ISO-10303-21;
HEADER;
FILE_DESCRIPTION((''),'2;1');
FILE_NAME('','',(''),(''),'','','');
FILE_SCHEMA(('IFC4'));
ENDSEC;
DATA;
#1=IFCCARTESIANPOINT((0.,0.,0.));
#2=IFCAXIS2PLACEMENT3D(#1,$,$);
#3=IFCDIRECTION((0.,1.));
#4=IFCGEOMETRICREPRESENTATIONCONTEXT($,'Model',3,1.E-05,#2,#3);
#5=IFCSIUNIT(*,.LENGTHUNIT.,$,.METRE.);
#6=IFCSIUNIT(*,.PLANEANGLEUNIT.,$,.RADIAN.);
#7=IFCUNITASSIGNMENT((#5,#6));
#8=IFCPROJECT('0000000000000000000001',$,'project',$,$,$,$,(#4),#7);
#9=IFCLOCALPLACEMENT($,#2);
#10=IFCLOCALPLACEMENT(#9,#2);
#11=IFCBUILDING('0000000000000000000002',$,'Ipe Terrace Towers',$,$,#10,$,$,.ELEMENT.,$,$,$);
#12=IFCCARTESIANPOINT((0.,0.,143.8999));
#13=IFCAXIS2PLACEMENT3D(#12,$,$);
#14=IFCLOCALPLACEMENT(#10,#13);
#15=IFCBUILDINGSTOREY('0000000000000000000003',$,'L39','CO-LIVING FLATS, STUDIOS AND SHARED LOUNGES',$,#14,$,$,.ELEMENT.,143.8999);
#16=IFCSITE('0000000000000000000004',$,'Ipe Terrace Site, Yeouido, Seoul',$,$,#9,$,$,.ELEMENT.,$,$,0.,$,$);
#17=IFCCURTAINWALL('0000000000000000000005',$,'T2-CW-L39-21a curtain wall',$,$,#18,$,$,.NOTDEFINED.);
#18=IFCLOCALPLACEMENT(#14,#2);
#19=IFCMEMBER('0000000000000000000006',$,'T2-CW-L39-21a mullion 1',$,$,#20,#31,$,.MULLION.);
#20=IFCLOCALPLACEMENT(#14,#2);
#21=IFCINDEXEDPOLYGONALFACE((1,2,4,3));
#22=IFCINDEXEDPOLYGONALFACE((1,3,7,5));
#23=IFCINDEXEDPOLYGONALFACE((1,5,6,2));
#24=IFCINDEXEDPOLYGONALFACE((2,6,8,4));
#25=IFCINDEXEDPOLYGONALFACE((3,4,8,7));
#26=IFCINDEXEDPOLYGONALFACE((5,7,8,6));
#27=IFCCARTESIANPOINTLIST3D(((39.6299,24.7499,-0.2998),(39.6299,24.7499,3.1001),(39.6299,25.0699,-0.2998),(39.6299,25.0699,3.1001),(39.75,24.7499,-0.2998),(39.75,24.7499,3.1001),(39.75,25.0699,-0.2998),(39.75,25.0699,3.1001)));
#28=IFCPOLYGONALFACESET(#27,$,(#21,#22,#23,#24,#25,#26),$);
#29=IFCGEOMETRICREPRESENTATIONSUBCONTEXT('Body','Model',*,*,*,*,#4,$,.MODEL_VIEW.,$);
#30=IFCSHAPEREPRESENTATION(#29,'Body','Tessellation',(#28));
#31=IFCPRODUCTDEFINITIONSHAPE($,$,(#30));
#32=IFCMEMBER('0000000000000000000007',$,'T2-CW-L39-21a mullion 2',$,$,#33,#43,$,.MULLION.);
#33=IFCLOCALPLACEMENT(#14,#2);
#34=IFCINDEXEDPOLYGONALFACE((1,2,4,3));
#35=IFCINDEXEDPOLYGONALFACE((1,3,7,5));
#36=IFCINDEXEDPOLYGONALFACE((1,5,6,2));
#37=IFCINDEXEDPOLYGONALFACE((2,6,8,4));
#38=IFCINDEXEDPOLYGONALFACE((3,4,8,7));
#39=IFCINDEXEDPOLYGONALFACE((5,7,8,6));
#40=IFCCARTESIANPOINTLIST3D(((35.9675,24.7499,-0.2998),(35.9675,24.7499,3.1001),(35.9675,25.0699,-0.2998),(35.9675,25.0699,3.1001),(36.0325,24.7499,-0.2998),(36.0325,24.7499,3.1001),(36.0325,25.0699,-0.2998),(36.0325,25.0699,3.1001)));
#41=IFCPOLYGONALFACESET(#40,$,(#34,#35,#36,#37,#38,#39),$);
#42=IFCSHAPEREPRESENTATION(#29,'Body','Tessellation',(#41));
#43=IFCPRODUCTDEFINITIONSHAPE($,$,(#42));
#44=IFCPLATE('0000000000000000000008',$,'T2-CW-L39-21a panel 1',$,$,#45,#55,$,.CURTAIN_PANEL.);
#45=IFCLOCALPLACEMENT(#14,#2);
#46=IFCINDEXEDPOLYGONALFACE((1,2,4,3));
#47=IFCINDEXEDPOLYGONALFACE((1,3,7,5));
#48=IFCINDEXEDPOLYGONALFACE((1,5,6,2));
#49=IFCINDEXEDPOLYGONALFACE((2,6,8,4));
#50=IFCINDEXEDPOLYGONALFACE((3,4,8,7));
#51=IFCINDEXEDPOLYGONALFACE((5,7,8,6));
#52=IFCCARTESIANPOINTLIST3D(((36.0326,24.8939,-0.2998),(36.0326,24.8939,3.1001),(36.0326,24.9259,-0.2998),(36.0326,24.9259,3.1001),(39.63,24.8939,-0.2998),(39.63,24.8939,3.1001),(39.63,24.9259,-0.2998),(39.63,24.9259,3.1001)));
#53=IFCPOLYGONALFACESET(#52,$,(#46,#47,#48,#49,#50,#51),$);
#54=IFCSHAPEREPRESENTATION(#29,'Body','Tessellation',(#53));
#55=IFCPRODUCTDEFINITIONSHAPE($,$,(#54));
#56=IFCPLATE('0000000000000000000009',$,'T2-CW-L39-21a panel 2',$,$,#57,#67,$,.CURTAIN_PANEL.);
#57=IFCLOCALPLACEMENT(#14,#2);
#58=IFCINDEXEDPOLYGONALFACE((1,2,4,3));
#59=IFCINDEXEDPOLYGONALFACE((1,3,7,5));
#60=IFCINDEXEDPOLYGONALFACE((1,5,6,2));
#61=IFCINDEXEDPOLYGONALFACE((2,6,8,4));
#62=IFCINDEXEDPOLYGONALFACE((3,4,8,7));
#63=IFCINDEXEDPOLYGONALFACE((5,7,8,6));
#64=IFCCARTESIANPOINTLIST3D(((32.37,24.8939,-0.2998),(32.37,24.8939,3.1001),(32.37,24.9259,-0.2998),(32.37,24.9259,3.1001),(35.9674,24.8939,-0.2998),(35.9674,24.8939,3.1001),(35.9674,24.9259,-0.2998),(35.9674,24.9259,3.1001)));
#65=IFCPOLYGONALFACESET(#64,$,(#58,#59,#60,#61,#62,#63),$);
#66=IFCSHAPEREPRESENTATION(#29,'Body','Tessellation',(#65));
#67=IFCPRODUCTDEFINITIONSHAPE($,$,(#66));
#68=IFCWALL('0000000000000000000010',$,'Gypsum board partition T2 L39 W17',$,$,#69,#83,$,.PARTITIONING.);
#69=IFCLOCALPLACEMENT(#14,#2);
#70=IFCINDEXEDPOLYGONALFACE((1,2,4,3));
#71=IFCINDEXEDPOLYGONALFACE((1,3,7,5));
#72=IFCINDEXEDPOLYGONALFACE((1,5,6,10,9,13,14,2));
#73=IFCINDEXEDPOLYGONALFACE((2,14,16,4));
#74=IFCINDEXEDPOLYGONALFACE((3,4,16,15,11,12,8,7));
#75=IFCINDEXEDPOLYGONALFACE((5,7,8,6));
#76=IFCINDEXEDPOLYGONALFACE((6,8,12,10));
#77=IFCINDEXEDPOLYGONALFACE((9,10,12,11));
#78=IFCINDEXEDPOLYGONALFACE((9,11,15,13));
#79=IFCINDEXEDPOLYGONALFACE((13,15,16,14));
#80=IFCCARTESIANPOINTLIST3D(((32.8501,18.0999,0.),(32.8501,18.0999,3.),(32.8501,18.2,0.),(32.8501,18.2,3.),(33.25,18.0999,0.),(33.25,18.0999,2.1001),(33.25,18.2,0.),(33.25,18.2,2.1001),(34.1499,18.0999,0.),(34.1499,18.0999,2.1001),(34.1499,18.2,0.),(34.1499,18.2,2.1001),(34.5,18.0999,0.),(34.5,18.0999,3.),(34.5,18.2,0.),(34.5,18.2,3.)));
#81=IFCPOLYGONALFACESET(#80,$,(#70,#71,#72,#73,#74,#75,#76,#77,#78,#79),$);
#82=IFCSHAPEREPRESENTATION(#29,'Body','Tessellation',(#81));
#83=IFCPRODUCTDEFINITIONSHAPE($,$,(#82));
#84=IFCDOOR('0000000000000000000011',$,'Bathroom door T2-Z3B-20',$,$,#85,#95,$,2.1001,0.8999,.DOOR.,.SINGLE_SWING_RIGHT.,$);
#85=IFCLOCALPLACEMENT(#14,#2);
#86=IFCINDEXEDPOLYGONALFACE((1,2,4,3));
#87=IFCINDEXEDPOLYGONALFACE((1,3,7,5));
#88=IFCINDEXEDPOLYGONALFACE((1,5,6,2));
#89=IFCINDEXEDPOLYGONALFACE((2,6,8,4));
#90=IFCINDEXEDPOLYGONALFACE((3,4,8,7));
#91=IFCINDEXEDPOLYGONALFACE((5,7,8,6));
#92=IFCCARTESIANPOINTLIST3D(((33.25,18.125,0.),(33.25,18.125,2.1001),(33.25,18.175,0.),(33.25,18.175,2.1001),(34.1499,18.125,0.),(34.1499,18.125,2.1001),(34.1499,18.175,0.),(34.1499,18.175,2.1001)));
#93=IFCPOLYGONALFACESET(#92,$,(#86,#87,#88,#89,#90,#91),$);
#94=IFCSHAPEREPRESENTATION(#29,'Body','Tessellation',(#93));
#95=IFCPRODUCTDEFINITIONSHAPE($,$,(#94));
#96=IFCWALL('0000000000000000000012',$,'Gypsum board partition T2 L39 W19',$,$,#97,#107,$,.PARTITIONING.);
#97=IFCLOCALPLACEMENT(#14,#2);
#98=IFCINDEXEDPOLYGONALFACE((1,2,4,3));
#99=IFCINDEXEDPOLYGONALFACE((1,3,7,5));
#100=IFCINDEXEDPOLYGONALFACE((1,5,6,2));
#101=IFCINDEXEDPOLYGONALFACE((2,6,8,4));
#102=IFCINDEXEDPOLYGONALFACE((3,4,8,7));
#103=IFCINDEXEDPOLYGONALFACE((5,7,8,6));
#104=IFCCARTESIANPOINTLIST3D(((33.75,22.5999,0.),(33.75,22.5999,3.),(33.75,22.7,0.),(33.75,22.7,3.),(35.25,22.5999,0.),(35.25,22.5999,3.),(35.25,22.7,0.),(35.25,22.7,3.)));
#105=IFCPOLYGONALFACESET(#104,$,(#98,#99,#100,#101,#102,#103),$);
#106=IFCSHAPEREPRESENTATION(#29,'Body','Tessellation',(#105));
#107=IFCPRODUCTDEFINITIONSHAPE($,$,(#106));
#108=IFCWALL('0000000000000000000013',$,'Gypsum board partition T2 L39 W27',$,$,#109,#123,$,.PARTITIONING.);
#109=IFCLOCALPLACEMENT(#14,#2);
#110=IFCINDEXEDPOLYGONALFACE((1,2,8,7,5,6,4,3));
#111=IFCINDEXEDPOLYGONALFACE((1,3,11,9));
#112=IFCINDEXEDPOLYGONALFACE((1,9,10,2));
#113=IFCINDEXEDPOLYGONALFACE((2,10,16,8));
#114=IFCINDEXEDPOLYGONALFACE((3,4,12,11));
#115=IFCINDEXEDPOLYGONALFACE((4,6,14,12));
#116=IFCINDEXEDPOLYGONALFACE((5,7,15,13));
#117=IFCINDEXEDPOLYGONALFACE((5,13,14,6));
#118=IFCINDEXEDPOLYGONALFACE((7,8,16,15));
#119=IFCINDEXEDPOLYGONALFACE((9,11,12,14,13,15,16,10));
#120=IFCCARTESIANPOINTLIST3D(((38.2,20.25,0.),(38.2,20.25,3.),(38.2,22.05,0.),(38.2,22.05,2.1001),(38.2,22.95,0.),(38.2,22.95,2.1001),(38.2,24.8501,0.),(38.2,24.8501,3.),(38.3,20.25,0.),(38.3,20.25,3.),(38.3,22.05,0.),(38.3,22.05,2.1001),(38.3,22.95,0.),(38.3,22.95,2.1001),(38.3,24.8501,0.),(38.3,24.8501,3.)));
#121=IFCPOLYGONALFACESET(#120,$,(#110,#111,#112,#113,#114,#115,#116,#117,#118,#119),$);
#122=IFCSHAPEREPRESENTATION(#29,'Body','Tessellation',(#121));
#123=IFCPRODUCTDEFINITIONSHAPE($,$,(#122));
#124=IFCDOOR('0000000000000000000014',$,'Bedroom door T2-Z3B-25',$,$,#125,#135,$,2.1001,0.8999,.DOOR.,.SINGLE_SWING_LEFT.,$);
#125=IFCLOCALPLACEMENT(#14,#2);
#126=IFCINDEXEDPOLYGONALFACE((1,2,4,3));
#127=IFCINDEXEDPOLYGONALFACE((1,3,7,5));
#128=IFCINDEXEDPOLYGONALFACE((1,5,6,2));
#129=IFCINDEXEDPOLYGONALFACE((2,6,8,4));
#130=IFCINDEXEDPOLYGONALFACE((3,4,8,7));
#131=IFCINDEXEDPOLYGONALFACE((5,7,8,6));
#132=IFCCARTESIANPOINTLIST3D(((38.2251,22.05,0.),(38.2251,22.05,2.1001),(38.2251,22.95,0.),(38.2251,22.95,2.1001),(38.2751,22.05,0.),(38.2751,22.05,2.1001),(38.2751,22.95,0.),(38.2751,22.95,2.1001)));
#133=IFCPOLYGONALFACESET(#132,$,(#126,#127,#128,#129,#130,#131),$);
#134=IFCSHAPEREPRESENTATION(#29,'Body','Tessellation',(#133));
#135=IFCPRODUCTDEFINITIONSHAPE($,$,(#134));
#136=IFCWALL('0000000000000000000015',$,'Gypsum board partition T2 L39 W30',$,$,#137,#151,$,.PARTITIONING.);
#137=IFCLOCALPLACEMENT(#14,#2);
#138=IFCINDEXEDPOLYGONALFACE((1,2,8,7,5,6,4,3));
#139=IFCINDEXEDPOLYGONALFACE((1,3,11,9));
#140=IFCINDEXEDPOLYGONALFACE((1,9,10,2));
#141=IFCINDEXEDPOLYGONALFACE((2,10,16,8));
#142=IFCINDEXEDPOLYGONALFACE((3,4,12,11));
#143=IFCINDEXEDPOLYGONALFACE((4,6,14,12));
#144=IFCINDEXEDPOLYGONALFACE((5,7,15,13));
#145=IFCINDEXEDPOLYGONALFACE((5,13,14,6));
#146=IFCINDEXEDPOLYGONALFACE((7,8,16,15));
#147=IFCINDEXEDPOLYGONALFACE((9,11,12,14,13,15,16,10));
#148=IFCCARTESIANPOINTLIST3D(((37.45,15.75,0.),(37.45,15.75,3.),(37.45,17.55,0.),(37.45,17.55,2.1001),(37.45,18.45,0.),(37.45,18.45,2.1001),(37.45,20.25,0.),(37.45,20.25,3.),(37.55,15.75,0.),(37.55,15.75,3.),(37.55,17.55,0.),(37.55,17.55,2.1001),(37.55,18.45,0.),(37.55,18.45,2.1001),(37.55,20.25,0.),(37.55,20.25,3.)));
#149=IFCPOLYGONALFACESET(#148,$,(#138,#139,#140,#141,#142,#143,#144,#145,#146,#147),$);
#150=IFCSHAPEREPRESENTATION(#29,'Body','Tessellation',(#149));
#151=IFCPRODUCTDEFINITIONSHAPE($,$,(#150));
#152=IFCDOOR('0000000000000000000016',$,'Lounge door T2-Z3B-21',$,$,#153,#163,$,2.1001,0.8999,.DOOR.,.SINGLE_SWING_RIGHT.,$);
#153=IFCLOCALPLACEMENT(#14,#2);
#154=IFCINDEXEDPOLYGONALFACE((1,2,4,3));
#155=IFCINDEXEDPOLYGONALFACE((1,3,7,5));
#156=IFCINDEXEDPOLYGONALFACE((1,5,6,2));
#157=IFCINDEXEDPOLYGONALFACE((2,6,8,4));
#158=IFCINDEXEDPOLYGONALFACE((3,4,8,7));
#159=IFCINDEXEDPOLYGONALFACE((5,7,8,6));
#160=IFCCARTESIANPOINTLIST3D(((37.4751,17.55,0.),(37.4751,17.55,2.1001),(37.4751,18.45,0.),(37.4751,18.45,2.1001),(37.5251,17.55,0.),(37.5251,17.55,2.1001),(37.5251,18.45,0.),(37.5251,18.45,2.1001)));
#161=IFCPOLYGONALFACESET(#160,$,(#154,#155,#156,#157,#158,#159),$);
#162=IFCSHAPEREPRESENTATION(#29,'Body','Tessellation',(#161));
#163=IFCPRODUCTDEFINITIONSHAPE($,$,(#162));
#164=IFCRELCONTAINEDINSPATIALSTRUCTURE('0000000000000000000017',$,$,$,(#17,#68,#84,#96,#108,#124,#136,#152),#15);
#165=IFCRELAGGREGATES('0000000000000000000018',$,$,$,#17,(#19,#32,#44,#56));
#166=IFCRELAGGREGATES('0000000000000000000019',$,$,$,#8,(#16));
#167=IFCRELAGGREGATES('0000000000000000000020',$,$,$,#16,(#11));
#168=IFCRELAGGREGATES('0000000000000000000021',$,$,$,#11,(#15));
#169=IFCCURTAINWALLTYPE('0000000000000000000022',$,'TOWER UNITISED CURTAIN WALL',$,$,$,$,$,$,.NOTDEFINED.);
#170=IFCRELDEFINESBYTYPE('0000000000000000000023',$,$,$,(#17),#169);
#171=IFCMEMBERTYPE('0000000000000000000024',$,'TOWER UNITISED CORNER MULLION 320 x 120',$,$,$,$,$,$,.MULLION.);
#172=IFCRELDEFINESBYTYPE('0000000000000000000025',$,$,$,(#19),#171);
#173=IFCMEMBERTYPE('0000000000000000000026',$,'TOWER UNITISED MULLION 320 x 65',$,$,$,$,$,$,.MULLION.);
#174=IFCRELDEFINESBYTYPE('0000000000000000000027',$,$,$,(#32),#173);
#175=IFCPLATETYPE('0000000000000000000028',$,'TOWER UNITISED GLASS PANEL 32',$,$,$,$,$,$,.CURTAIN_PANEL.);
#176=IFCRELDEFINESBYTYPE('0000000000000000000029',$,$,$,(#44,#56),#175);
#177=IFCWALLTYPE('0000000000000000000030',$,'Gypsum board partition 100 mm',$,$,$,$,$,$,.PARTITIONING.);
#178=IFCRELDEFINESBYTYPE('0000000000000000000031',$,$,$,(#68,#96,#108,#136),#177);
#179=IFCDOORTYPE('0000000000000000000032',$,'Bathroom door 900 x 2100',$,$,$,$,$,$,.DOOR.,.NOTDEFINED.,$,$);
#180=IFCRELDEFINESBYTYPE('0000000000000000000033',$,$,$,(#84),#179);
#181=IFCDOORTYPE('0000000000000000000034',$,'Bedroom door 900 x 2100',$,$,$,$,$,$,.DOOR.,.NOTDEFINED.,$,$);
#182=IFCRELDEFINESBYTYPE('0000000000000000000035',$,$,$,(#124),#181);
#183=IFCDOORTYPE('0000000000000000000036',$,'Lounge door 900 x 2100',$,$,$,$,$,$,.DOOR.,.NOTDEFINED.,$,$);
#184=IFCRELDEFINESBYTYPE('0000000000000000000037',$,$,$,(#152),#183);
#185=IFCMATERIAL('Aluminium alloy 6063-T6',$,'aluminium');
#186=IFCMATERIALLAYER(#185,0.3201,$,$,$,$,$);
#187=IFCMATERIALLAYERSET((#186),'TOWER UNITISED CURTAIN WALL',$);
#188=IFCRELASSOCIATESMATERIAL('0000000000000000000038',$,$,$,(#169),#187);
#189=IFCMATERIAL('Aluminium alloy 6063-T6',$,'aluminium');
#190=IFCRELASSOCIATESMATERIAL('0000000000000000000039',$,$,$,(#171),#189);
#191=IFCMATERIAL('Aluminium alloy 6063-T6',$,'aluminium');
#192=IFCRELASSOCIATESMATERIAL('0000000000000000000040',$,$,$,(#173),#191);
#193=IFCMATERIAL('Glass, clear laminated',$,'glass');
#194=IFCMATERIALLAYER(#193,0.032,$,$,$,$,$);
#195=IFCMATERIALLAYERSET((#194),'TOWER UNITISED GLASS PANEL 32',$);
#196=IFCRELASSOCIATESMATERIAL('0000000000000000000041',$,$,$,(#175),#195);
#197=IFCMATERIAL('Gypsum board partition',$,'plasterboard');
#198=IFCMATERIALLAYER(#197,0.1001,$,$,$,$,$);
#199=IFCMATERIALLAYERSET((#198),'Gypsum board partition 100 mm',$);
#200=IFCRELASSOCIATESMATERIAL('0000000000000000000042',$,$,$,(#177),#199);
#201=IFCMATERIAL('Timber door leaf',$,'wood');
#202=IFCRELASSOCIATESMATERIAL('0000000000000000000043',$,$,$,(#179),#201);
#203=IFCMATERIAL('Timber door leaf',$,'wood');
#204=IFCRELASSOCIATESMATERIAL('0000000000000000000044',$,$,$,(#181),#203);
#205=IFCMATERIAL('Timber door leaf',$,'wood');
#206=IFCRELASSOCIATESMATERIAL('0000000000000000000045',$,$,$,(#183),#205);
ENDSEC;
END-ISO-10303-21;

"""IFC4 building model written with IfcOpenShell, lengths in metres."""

from ifc_helpers import new_model, si_unit, direction, frame, frame_2d, origin, origin_2d, place, context, subcontext, project, spatial, rectangle, extrude, material, layer, layer_set, material_profile, profile_set, type_object, element, fill, aggregate, save


model = new_model("IFC4")

# Units and contexts
model_context = context("Model", 3, precision=1e-05, world=origin(), true_north=direction((0.0, 1.0)))
body_context = subcontext(model_context, "Body", "Model", "MODEL_VIEW")
ifc_project = project(units=[si_unit("LENGTHUNIT", "METRE"), si_unit("PLANEANGLEUNIT", "RADIAN")], contexts=[model_context])

# Site, building, storey
site_placement = place(None, origin())
site = spatial("IfcSite", under=ifc_project, at=site_placement, Name="Ipe Terrace Site, Yeouido, Seoul", CompositionType="ELEMENT", RefElevation=0.0)
building_placement = place(site_placement, origin())
building = spatial("IfcBuilding", under=site, at=building_placement, Name="Ipe Terrace Towers", CompositionType="ELEMENT")
storey_placement = place(building_placement, frame((0.0, 0.0, 143.8999)))
storey = spatial("IfcBuildingStorey", under=building, at=storey_placement, Name="L39", Description="CO-LIVING FLATS, STUDIOS AND SHARED LOUNGES", CompositionType="ELEMENT", Elevation=143.8999)

# Curtain wall, members, plates
ifc_material_1 = material(Name="Aluminium alloy 6063-T6", Category="aluminium")
ifc_layer_1 = layer(ifc_material_1, 0.3201)
ifc_layer_set_1 = layer_set([ifc_layer_1], Name="TOWER UNITISED CURTAIN WALL")
curtain_wall_type = type_object("IfcCurtainWallType", Name="TOWER UNITISED CURTAIN WALL", PredefinedType="NOTDEFINED", material=ifc_layer_set_1)
curtain_wall_placement = place(storey_placement, origin())
curtain_wall = element("IfcCurtainWall", 1, at=curtain_wall_placement, inside=storey, type_object=curtain_wall_type, Name="T2-CW-L39-21a curtain wall", PredefinedType="NOTDEFINED")
ifc_material_2 = material(Name="Aluminium alloy 6063-T6", Category="aluminium")
ifc_material_profile_1 = material_profile(ifc_material_2, rectangle(XDim=0.3201, YDim=0.1201, at=origin_2d()), Name="TOWER UNITISED CORNER MULLION 320 x 120")
ifc_profile_set_1 = profile_set([ifc_material_profile_1], Name="Aluminium alloy 6063-T6")
member_type_1 = type_object("IfcMemberType", Name="TOWER UNITISED CORNER MULLION 320 x 120", PredefinedType="MULLION", material=ifc_profile_set_1)
member_1_placement = place(storey_placement, frame((39.6899, 24.9099, -0.2998), z_axis=(0.0, 0.0, 1.0), x_axis=(0.0, 1.0, 0.0)))
member_1 = element("IfcMember", 2, at=member_1_placement, type_object=member_type_1, Name="T2-CW-L39-21a mullion 1", PredefinedType="MULLION", context=body_context, shape_type="SweptSolid", body=[
    extrude(rectangle(XDim=0.3201, YDim=0.1201, at=origin_2d()), origin(), (0.0, 0.0, 1.0), 3.3999),
])
ifc_material_3 = material(Name="Aluminium alloy 6063-T6", Category="aluminium")
ifc_material_profile_2 = material_profile(ifc_material_3, rectangle(XDim=0.3201, YDim=0.0649, at=origin_2d()), Name="TOWER UNITISED MULLION 320 x 65")
ifc_profile_set_2 = profile_set([ifc_material_profile_2], Name="Aluminium alloy 6063-T6")
member_type_2 = type_object("IfcMemberType", Name="TOWER UNITISED MULLION 320 x 65", PredefinedType="MULLION", material=ifc_profile_set_2)
member_2_placement = place(storey_placement, frame((36.0, 24.9099, -0.2998), z_axis=(0.0, 0.0, 1.0), x_axis=(0.0, 1.0, 0.0)))
member_2 = element("IfcMember", 3, at=member_2_placement, type_object=member_type_2, Name="T2-CW-L39-21a mullion 2", PredefinedType="MULLION", context=body_context, shape_type="SweptSolid", body=[
    extrude(rectangle(XDim=0.3201, YDim=0.0649, at=origin_2d()), origin(), (0.0, 0.0, 1.0), 3.3999),
])
ifc_material_4 = material(Name="Glass, clear laminated", Category="glass")
ifc_layer_2 = layer(ifc_material_4, 0.032)
ifc_layer_set_2 = layer_set([ifc_layer_2], Name="TOWER UNITISED GLASS PANEL 32")
plate_type = type_object("IfcPlateType", Name="TOWER UNITISED GLASS PANEL 32", PredefinedType="CURTAIN_PANEL", material=ifc_layer_set_2)
plate_1_placement = place(storey_placement, frame((37.8313, 24.9099, -0.2998), z_axis=(0.0, 0.0, 1.0), x_axis=(-1.0, 0.0, 0.0)))
plate_1 = element("IfcPlate", 4, at=plate_1_placement, type_object=plate_type, Name="T2-CW-L39-21a panel 1", PredefinedType="CURTAIN_PANEL", context=body_context, shape_type="SweptSolid", body=[
    extrude(rectangle(XDim=3.5974, YDim=0.032, at=origin_2d()), origin(), (0.0, 0.0, 1.0), 3.3999),
])
plate_2_placement = place(storey_placement, frame((34.1687, 24.9099, -0.2998), z_axis=(0.0, 0.0, 1.0), x_axis=(-1.0, 0.0, 0.0)))
plate_2 = element("IfcPlate", 5, at=plate_2_placement, type_object=plate_type, Name="T2-CW-L39-21a panel 2", PredefinedType="CURTAIN_PANEL", context=body_context, shape_type="SweptSolid", body=[
    extrude(rectangle(XDim=3.5974, YDim=0.032, at=origin_2d()), origin(), (0.0, 0.0, 1.0), 3.3999),
])
aggregate(curtain_wall, [member_1, member_2, plate_1, plate_2])

# Wall, opening, door
ifc_material_5 = material(Name="Gypsum board partition", Category="plasterboard")
ifc_layer_3 = layer(ifc_material_5, 0.1001)
ifc_layer_set_3 = layer_set([ifc_layer_3], Name="Gypsum board partition 100 mm")
wall_type_1 = type_object("IfcWallType", Name="Gypsum board partition 100 mm", PredefinedType="PARTITIONING", material=ifc_layer_set_3)
wall_1_placement = place(storey_placement, frame((34.5, 18.1499, 0.0), z_axis=(0.0, 0.0, 1.0), x_axis=(-1.0, 0.0, 0.0)))
wall_1 = element("IfcWall", 6, at=wall_1_placement, inside=storey, type_object=wall_type_1, Name="Gypsum board partition T2 L39 W17", PredefinedType="PARTITIONING", context=body_context, shape_type="SweptSolid", body=[
    extrude(rectangle(XDim=1.6499, YDim=0.1001, at=frame_2d((0.825, 0.0))), origin(), (0.0, 0.0, 1.0), 3.0),
])
opening_1_placement = place(wall_1_placement, frame((0.3501, 0.0, 0.0)))
opening_1 = element("IfcOpeningElement", 7, at=opening_1_placement, cuts=wall_1, PredefinedType="OPENING", context=body_context, shape_type="SweptSolid", body=[
    extrude(rectangle(XDim=0.8999, YDim=2.1001, at=frame_2d((0.45, 1.05))), frame((0.0, 0.0601, 0.0), z_axis=(0.0, -1.0, 0.0), x_axis=(1.0, 0.0, 0.0)), (0.0, 0.0, 1.0), 0.1201),
])
ifc_material_6 = material(Name="Timber door leaf", Category="wood")
door_type_1 = type_object("IfcDoorType", Name="Bathroom door 900 x 2100", OperationType="NOTDEFINED", PredefinedType="DOOR", material=ifc_material_6)
door_1_placement = place(opening_1_placement, origin())
door_1 = element("IfcDoor", 8, at=door_1_placement, inside=storey, type_object=door_type_1, Name="Bathroom door T2-Z3B-20", OperationType="SINGLE_SWING_RIGHT", OverallHeight=2.1001, OverallWidth=0.8999, PredefinedType="DOOR", context=body_context, shape_type="SweptSolid", body=[
    extrude(rectangle(XDim=0.8999, YDim=2.1001, at=frame_2d((0.45, 1.05))), frame((0.0, 0.0249, 0.0), z_axis=(0.0, -1.0, 0.0), x_axis=(1.0, 0.0, 0.0)), (0.0, 0.0, 1.0), 0.05),
])
fill(opening_1, door_1)

# Wall
wall_2_placement = place(storey_placement, frame((35.25, 22.6499, 0.0), z_axis=(0.0, 0.0, 1.0), x_axis=(-1.0, 0.0, 0.0)))
element("IfcWall", 9, at=wall_2_placement, inside=storey, type_object=wall_type_1, Name="Gypsum board partition T2 L39 W19", PredefinedType="PARTITIONING", context=body_context, shape_type="SweptSolid", body=[
    extrude(rectangle(XDim=1.5, YDim=0.1001, at=frame_2d((0.75, 0.0))), origin(), (0.0, 0.0, 1.0), 3.0),
])

# Walls, openings, doors
wall_3_placement = place(storey_placement, frame((38.25, 20.25, 0.0), z_axis=(0.0, 0.0, 1.0), x_axis=(0.0, 1.0, 0.0)))
wall_3 = element("IfcWall", 10, at=wall_3_placement, inside=storey, type_object=wall_type_1, Name="Gypsum board partition T2 L39 W27", PredefinedType="PARTITIONING", context=body_context, shape_type="SweptSolid", body=[
    extrude(rectangle(XDim=4.6001, YDim=0.1001, at=frame_2d((2.3, 0.0))), origin(), (0.0, 0.0, 1.0), 3.0),
])
opening_2_placement = place(wall_3_placement, frame((1.8, 0.0, 0.0)))
opening_2 = element("IfcOpeningElement", 11, at=opening_2_placement, cuts=wall_3, PredefinedType="OPENING", context=body_context, shape_type="SweptSolid", body=[
    extrude(rectangle(XDim=0.8999, YDim=2.1001, at=frame_2d((0.45, 1.05))), frame((0.0, 0.0601, 0.0), z_axis=(0.0, -1.0, 0.0), x_axis=(1.0, 0.0, 0.0)), (0.0, 0.0, 1.0), 0.1201),
])
ifc_material_7 = material(Name="Timber door leaf", Category="wood")
door_type_2 = type_object("IfcDoorType", Name="Bedroom door 900 x 2100", OperationType="NOTDEFINED", PredefinedType="DOOR", material=ifc_material_7)
door_2_placement = place(opening_2_placement, origin())
door_2 = element("IfcDoor", 12, at=door_2_placement, inside=storey, type_object=door_type_2, Name="Bedroom door T2-Z3B-25", OperationType="SINGLE_SWING_LEFT", OverallHeight=2.1001, OverallWidth=0.8999, PredefinedType="DOOR", context=body_context, shape_type="SweptSolid", body=[
    extrude(rectangle(XDim=0.8999, YDim=2.1001, at=frame_2d((0.45, 1.05))), frame((0.0, 0.0249, 0.0), z_axis=(0.0, -1.0, 0.0), x_axis=(1.0, 0.0, 0.0)), (0.0, 0.0, 1.0), 0.05),
])
fill(opening_2, door_2)
wall_4_placement = place(storey_placement, frame((37.5, 15.75, 0.0), z_axis=(0.0, 0.0, 1.0), x_axis=(0.0, 1.0, 0.0)))
wall_4 = element("IfcWall", 13, at=wall_4_placement, inside=storey, type_object=wall_type_1, Name="Gypsum board partition T2 L39 W30", PredefinedType="PARTITIONING", context=body_context, shape_type="SweptSolid", body=[
    extrude(rectangle(XDim=4.5, YDim=0.1001, at=frame_2d((2.25, 0.0))), origin(), (0.0, 0.0, 1.0), 3.0),
])
opening_3_placement = place(wall_4_placement, frame((1.8, 0.0, 0.0)))
opening_3 = element("IfcOpeningElement", 14, at=opening_3_placement, cuts=wall_4, PredefinedType="OPENING", context=body_context, shape_type="SweptSolid", body=[
    extrude(rectangle(XDim=0.8999, YDim=2.1001, at=frame_2d((0.45, 1.05))), frame((0.0, 0.0601, 0.0), z_axis=(0.0, -1.0, 0.0), x_axis=(1.0, 0.0, 0.0)), (0.0, 0.0, 1.0), 0.1201),
])
ifc_material_8 = material(Name="Timber door leaf", Category="wood")
door_type_3 = type_object("IfcDoorType", Name="Lounge door 900 x 2100", OperationType="NOTDEFINED", PredefinedType="DOOR", material=ifc_material_8)
door_3_placement = place(opening_3_placement, origin())
door_3 = element("IfcDoor", 15, at=door_3_placement, inside=storey, type_object=door_type_3, Name="Lounge door T2-Z3B-21", OperationType="SINGLE_SWING_RIGHT", OverallHeight=2.1001, OverallWidth=0.8999, PredefinedType="DOOR", context=body_context, shape_type="SweptSolid", body=[
    extrude(rectangle(XDim=0.8999, YDim=2.1001, at=frame_2d((0.45, 1.05))), frame((0.0, 0.0249, 0.0), z_axis=(0.0, -1.0, 0.0), x_axis=(1.0, 0.0, 0.0)), (0.0, 0.0, 1.0), 0.05),
])
fill(opening_3, door_3)

save(model, "model.ifc")
